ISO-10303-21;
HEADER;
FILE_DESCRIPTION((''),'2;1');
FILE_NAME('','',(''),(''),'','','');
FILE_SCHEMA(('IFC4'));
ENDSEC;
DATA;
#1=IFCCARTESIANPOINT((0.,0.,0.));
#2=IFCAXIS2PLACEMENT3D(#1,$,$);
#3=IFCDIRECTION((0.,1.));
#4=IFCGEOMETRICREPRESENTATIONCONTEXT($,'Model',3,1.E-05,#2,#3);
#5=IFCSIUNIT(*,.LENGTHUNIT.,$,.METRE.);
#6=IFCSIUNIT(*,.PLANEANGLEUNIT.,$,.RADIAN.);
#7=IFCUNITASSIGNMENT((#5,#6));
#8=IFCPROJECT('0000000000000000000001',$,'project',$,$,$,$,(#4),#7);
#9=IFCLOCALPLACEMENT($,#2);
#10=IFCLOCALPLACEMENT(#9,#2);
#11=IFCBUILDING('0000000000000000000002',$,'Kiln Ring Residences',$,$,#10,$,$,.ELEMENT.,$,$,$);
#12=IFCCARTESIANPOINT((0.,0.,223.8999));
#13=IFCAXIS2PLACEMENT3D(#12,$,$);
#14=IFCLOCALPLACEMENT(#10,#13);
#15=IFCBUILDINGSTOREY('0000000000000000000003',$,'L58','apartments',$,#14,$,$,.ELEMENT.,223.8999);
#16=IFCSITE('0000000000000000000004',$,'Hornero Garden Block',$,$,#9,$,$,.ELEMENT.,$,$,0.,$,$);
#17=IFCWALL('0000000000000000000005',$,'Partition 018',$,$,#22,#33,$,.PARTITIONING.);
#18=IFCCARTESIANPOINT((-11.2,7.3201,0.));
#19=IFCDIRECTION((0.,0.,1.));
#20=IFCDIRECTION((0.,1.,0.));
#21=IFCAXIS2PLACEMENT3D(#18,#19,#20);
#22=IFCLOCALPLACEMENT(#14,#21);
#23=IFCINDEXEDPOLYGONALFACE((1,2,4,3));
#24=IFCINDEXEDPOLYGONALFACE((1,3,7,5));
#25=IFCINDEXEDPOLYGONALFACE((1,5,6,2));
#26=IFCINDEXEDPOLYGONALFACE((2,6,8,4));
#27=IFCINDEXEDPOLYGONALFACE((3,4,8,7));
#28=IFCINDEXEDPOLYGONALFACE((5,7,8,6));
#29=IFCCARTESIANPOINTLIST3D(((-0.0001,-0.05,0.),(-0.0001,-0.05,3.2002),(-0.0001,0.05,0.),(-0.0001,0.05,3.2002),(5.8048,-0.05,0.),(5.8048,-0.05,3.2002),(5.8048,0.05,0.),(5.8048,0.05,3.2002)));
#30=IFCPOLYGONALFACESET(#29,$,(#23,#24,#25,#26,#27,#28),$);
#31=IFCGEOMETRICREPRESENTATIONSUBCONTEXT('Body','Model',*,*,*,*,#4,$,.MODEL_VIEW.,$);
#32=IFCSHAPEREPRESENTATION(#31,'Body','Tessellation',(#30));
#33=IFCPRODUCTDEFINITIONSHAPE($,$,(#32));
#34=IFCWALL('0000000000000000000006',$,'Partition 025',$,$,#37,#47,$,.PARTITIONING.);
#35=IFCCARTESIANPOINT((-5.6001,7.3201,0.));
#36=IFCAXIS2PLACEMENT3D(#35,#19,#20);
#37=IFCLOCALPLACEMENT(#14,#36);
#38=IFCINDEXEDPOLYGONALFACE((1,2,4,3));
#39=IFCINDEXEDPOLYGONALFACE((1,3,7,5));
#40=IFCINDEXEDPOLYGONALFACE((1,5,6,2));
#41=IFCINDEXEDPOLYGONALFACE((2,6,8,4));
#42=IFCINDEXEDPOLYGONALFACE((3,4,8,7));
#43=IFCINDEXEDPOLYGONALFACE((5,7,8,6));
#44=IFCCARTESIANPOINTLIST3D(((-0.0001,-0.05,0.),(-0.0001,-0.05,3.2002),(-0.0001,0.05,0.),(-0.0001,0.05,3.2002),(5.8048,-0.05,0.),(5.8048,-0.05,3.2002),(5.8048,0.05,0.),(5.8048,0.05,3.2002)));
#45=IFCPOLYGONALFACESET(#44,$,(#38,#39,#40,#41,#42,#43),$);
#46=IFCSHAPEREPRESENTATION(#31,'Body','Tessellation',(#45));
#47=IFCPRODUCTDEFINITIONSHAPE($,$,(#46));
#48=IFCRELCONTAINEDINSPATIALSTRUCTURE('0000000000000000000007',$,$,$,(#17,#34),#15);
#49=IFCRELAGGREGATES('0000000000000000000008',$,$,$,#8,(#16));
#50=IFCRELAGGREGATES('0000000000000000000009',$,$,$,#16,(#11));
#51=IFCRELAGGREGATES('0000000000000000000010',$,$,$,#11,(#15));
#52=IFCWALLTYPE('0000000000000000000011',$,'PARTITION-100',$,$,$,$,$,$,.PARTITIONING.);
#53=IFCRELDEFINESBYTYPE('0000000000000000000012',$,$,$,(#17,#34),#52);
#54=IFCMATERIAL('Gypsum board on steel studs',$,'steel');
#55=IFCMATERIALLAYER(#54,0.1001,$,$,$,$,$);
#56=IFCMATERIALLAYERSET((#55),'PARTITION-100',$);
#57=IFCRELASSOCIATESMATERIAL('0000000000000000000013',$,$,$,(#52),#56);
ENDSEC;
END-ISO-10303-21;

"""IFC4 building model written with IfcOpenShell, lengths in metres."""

from ifc_helpers import new_model, si_unit, direction, frame, frame_2d, origin, place, context, subcontext, project, spatial, rectangle, extrude, material, layer, layer_set, type_object, element, save


model = new_model("IFC4")

# Units and contexts
model_context = context("Model", 3, precision=1e-05, world=origin(), true_north=direction((0.0, 1.0)))
body_context = subcontext(model_context, "Body", "Model", "MODEL_VIEW")
ifc_project = project(units=[si_unit("LENGTHUNIT", "METRE"), si_unit("PLANEANGLEUNIT", "RADIAN")], contexts=[model_context])

# Site, building, storey
site_placement = place(None, origin())
site = spatial("IfcSite", under=ifc_project, at=site_placement, Name="Hornero Garden Block", CompositionType="ELEMENT", RefElevation=0.0)
building_placement = place(site_placement, origin())
building = spatial("IfcBuilding", under=site, at=building_placement, Name="Kiln Ring Residences", CompositionType="ELEMENT")
storey_placement = place(building_placement, frame((0.0, 0.0, 223.8999)))
storey = spatial("IfcBuildingStorey", under=building, at=storey_placement, Name="L58", Description="apartments", CompositionType="ELEMENT", Elevation=223.8999)

# Walls
ifc_material_1 = material(Name="Gypsum board on steel studs", Category="steel")
ifc_layer_1 = layer(ifc_material_1, 0.1001)
ifc_layer_set_1 = layer_set([ifc_layer_1], Name="PARTITION-100")
wall_type_1 = type_object("IfcWallType", Name="PARTITION-100", PredefinedType="PARTITIONING", material=ifc_layer_set_1)
wall_1_placement = place(storey_placement, frame((-11.2, 7.3201, 0.0), z_axis=(0.0, 0.0, 1.0), x_axis=(0.0, 1.0, 0.0)))
element("IfcWall", 1, at=wall_1_placement, inside=storey, type_object=wall_type_1, Name="Partition 018", PredefinedType="PARTITIONING", context=body_context, shape_type="SweptSolid", body=[
    extrude(rectangle(XDim=5.8049, YDim=0.1001, at=frame_2d((2.9023, 0.0))), origin(), (0.0, 0.0, 1.0), 3.2002),
])
wall_2_placement = place(storey_placement, frame((-5.6001, 7.3201, 0.0), z_axis=(0.0, 0.0, 1.0), x_axis=(0.0, 1.0, 0.0)))
element("IfcWall", 2, at=wall_2_placement, inside=storey, type_object=wall_type_1, Name="Partition 025", PredefinedType="PARTITIONING", context=body_context, shape_type="SweptSolid", body=[
    extrude(rectangle(XDim=5.8049, YDim=0.1001, at=frame_2d((2.9023, 0.0))), origin(), (0.0, 0.0, 1.0), 3.2002),
])

save(model, "model.ifc")
